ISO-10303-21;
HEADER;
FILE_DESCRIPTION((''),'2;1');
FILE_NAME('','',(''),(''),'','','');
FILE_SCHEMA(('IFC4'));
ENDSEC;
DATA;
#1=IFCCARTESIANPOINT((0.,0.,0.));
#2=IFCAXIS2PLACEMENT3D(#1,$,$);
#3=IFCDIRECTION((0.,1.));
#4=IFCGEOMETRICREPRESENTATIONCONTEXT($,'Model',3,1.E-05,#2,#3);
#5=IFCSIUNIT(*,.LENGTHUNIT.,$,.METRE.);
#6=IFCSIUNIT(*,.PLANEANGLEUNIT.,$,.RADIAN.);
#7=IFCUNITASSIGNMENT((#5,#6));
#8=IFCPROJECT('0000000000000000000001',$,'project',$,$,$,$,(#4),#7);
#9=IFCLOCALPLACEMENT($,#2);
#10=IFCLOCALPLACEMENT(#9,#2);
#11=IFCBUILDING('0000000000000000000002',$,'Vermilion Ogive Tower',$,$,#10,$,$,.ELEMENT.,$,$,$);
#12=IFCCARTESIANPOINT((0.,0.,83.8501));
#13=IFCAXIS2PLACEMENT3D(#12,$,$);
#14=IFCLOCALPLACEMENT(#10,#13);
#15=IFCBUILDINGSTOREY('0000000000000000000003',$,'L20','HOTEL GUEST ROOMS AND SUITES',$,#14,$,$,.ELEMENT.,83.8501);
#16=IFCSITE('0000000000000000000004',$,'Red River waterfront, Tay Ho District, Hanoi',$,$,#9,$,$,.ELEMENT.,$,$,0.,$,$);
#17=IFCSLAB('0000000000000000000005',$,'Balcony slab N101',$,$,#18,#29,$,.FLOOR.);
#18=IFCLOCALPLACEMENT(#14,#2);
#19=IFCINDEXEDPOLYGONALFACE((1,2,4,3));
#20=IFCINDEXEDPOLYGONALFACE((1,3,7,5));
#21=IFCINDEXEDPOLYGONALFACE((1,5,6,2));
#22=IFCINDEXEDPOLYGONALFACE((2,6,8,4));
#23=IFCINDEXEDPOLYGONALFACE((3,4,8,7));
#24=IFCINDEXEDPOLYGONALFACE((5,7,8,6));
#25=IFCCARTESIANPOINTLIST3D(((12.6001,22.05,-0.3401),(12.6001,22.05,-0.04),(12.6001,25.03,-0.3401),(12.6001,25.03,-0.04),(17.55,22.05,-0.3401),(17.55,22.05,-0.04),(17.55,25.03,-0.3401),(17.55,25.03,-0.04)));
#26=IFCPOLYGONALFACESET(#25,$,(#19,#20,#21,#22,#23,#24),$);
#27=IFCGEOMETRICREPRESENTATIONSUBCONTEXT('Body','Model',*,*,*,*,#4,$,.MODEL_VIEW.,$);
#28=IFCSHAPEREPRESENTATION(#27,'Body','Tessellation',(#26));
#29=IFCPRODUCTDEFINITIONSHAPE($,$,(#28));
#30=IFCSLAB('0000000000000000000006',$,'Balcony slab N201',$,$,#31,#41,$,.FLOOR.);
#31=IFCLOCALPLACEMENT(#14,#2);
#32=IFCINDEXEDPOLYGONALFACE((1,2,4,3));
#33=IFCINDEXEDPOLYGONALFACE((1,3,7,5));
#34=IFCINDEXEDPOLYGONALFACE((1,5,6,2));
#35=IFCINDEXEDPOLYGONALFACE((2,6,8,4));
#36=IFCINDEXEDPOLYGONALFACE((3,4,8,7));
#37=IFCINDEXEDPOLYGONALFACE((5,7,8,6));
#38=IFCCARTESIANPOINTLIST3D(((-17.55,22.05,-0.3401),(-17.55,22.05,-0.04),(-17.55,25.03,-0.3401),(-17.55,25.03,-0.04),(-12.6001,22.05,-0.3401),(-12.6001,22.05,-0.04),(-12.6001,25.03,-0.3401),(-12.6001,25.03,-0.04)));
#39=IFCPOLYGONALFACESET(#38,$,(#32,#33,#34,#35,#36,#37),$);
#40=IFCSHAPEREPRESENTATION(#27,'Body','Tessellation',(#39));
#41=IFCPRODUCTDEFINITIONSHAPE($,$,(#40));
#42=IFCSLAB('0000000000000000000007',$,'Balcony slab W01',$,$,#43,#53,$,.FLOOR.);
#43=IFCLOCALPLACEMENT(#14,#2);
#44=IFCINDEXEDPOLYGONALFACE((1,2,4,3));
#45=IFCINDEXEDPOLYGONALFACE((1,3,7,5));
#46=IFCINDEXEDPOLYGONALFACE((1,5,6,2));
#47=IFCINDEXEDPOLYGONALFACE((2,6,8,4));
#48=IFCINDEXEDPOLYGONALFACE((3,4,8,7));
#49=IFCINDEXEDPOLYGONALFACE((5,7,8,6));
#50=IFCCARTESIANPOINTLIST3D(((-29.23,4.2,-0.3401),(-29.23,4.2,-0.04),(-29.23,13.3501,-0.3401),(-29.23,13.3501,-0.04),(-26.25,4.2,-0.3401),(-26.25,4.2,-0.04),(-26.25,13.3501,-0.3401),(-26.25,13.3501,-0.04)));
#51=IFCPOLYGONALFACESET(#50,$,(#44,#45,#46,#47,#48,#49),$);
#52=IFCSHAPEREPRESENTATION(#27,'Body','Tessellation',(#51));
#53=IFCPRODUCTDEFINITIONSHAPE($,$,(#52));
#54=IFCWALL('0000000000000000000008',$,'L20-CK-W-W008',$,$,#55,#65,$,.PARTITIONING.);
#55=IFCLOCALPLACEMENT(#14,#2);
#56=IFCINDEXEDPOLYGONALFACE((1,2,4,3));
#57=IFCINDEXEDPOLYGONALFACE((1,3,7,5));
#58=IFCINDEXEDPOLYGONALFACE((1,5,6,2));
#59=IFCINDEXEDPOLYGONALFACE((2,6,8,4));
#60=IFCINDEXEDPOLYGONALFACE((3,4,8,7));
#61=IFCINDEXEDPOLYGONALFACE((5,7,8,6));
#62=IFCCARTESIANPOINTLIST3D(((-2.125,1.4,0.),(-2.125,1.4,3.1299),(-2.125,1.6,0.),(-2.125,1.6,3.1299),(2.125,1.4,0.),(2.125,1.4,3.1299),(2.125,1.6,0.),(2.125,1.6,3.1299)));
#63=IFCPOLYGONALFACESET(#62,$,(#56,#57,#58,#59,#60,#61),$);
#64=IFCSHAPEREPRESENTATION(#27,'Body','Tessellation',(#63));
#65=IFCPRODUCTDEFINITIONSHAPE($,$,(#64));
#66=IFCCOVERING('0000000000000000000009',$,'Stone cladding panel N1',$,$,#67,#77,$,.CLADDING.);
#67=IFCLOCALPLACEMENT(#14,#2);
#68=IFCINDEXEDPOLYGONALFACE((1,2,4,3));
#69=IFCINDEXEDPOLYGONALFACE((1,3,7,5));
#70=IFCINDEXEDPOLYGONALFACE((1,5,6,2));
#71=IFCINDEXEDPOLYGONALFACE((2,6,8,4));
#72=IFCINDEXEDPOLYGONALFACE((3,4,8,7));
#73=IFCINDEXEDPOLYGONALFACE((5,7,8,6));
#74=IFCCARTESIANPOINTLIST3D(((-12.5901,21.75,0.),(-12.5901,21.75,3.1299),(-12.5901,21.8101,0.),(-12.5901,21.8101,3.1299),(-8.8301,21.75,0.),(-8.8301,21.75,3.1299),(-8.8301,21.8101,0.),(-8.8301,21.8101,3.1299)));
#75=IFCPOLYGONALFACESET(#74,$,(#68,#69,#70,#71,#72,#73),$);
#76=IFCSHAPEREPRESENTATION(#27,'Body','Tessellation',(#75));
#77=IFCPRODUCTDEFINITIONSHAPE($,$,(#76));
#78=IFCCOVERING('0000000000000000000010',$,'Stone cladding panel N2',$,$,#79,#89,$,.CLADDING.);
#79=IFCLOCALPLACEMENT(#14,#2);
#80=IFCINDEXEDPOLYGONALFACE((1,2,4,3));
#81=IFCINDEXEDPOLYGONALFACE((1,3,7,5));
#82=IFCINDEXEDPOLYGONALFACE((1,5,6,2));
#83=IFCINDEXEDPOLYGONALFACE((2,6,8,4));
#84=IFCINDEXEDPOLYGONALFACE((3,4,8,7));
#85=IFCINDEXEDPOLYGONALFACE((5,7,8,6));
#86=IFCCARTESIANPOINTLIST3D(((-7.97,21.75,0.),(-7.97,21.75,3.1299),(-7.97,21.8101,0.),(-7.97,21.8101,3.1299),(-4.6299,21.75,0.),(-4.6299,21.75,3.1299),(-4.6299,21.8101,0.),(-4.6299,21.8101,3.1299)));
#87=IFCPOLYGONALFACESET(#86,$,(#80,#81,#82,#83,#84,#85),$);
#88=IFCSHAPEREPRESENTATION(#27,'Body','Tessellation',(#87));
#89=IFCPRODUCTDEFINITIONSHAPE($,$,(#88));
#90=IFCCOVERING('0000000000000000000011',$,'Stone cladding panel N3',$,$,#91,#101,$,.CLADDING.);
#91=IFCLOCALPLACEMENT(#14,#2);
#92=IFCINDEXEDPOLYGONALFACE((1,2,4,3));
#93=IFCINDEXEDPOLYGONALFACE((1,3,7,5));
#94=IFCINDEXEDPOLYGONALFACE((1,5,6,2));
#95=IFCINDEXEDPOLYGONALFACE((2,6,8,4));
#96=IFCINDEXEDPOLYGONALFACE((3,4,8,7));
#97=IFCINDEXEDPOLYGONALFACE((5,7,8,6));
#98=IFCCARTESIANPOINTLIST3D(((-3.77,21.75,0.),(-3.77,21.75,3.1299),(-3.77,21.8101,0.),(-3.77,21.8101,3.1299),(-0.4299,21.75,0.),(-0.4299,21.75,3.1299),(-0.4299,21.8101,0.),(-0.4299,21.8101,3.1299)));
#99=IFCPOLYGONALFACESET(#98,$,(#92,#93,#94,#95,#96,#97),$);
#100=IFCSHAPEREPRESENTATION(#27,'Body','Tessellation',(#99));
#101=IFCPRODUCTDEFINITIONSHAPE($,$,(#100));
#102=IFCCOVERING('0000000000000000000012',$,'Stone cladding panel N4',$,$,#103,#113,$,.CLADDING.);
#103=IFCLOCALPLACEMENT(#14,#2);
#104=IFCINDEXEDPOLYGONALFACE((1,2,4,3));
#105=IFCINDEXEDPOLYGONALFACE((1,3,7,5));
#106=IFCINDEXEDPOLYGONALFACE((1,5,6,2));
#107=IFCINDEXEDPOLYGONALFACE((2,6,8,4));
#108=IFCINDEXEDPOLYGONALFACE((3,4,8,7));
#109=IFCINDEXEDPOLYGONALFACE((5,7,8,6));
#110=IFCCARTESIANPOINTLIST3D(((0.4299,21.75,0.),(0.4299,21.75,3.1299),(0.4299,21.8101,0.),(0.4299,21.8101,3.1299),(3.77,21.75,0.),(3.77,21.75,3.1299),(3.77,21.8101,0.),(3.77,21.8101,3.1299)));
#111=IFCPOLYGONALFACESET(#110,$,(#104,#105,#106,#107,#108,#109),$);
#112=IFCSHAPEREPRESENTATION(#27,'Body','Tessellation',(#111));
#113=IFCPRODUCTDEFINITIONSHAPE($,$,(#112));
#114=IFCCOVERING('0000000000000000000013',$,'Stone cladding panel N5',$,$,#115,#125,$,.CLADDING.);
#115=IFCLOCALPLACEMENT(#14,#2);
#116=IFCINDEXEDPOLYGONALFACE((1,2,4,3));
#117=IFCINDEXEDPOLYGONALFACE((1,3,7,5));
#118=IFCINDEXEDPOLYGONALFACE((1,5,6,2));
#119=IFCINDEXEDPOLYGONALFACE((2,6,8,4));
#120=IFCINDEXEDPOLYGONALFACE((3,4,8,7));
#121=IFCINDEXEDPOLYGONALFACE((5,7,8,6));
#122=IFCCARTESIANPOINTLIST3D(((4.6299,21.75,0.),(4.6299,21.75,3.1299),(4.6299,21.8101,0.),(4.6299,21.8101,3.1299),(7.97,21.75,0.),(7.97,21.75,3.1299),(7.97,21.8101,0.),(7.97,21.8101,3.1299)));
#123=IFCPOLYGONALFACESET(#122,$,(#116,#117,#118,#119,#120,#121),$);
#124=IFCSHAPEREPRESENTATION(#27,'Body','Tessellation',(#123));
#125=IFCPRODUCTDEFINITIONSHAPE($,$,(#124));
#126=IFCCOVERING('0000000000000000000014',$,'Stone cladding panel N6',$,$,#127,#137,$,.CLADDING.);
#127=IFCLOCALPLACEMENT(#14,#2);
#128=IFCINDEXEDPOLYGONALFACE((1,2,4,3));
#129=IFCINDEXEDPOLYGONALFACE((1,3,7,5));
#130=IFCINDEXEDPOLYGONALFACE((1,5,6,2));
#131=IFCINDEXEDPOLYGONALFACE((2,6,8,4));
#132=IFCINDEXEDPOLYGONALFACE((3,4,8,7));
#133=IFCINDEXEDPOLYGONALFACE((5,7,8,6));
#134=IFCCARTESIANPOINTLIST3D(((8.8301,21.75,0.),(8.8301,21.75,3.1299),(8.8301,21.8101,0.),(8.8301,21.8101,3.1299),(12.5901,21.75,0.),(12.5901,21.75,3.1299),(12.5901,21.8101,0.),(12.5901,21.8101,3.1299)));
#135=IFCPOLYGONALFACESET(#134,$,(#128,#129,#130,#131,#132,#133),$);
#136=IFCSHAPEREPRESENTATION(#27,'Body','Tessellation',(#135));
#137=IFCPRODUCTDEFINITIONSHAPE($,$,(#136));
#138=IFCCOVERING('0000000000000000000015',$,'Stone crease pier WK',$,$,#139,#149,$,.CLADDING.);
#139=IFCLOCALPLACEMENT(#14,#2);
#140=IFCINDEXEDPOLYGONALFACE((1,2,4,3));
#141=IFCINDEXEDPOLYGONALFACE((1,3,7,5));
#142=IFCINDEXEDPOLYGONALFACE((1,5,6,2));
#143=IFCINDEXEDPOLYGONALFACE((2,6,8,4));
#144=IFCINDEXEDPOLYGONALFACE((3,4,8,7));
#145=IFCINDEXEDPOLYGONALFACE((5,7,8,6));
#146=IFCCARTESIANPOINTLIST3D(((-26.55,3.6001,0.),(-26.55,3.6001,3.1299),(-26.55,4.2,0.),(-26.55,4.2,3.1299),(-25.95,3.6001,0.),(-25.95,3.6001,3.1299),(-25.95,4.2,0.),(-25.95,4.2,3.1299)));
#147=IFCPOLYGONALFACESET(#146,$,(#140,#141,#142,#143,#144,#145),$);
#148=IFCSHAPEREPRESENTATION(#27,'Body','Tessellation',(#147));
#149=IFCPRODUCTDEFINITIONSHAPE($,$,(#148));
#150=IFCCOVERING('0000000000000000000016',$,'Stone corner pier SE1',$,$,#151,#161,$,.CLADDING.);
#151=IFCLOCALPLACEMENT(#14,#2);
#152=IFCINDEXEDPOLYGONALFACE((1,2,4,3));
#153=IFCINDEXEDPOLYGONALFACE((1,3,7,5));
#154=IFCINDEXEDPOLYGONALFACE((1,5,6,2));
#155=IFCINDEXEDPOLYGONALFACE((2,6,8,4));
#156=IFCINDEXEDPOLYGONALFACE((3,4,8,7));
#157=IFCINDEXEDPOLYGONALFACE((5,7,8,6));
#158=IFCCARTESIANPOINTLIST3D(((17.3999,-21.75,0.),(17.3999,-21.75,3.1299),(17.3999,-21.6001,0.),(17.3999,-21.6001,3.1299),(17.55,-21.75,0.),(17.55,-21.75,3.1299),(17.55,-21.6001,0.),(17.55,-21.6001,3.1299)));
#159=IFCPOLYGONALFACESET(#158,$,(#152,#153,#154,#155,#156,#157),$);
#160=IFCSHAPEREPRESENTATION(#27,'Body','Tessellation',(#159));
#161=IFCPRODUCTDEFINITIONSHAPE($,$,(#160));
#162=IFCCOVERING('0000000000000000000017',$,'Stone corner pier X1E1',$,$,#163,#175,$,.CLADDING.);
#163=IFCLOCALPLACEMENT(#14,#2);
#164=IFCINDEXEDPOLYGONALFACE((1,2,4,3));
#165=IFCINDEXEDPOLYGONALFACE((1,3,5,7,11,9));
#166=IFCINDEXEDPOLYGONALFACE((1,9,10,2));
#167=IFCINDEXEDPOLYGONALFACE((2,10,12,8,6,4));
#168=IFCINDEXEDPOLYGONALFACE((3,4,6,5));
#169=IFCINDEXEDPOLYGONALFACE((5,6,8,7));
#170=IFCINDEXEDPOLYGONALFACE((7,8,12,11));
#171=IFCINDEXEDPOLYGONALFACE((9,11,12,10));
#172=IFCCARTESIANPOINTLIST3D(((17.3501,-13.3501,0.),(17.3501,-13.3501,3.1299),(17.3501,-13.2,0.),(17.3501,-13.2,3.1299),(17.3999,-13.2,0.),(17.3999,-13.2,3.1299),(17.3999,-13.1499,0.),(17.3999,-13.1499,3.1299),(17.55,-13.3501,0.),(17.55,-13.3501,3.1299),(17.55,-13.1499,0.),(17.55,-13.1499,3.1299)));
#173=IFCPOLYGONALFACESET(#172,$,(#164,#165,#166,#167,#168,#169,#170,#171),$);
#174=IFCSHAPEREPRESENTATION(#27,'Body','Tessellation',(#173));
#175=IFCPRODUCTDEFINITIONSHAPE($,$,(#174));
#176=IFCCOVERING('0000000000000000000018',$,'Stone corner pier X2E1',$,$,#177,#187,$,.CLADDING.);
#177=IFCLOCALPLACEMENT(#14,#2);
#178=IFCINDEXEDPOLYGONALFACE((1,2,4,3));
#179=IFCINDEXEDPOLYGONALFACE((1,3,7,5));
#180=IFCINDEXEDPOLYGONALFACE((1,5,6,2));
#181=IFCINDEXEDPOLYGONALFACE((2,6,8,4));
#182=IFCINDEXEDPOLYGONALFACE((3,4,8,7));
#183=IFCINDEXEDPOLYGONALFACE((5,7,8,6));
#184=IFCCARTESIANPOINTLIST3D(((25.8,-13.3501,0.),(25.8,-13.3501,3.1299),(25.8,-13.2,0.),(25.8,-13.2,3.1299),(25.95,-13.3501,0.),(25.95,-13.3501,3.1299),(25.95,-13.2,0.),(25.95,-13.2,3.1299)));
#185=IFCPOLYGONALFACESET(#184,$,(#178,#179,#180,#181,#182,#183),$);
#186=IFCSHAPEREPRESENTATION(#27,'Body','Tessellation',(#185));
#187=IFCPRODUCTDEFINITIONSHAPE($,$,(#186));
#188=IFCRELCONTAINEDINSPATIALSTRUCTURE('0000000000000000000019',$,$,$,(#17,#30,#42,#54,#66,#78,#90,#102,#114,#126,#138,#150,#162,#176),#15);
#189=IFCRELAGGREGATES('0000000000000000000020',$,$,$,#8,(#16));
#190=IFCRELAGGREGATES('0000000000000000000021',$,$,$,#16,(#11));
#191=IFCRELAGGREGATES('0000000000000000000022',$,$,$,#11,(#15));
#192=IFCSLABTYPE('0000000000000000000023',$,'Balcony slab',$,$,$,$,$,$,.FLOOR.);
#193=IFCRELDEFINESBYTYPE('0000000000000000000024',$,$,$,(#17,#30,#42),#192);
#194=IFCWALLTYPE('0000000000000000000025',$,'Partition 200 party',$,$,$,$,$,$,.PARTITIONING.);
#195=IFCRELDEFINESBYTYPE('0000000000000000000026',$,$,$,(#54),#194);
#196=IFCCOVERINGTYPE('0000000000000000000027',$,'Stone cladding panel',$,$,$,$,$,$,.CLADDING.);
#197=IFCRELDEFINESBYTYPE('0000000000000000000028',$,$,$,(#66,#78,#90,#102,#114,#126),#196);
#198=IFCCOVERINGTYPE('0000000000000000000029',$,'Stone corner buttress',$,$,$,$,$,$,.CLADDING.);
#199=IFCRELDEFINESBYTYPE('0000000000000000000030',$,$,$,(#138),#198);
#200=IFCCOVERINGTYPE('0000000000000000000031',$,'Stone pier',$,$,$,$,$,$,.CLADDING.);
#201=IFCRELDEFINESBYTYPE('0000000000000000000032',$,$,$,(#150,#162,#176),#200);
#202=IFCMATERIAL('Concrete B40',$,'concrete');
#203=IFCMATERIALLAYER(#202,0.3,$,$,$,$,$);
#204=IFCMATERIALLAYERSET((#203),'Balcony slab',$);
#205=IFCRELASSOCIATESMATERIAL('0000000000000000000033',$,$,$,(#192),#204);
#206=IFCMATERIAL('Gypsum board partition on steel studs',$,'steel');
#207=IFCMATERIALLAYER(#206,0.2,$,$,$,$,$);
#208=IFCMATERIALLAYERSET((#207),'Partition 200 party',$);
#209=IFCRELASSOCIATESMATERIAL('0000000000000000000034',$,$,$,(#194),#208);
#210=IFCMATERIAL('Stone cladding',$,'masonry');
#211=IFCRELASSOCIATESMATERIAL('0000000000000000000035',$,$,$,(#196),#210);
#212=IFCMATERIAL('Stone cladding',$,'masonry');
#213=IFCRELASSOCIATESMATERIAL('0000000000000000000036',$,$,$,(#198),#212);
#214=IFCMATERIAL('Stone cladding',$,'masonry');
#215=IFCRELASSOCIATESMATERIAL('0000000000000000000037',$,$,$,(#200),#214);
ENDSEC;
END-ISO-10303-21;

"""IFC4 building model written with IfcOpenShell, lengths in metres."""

from ifc_helpers import new_model, si_unit, direction, frame, frame_2d, origin, place, context, subcontext, project, spatial, polyline, rectangle, outline, extrude, material, layer, layer_set, type_object, element, save


model = new_model("IFC4")

# Units and contexts
model_context = context("Model", 3, precision=1e-05, world=origin(), true_north=direction((0.0, 1.0)))
body_context = subcontext(model_context, "Body", "Model", "MODEL_VIEW")
ifc_project = project(units=[si_unit("LENGTHUNIT", "METRE"), si_unit("PLANEANGLEUNIT", "RADIAN")], contexts=[model_context])

# Site, building, storey
site_placement = place(None, origin())
site = spatial("IfcSite", under=ifc_project, at=site_placement, Name="Red River waterfront, Tay Ho District, Hanoi", CompositionType="ELEMENT", RefElevation=0.0)
building_placement = place(site_placement, origin())
building = spatial("IfcBuilding", under=site, at=building_placement, Name="Vermilion Ogive Tower", CompositionType="ELEMENT")
storey_placement = place(building_placement, frame((0.0, 0.0, 83.8501)))
storey = spatial("IfcBuildingStorey", under=building, at=storey_placement, Name="L20", Description="HOTEL GUEST ROOMS AND SUITES", CompositionType="ELEMENT", Elevation=83.8501)

# Slabs
ifc_material_1 = material(Name="Concrete B40", Category="concrete")
ifc_layer_1 = layer(ifc_material_1, 0.3)
ifc_layer_set_1 = layer_set([ifc_layer_1], Name="Balcony slab")
slab_type = type_object("IfcSlabType", Name="Balcony slab", PredefinedType="FLOOR", material=ifc_layer_set_1)
slab_1_placement = place(storey_placement, frame((0.0, 0.0, -0.3401)))
element("IfcSlab", 1, at=slab_1_placement, inside=storey, type_object=slab_type, Name="Balcony slab N101", PredefinedType="FLOOR", context=body_context, shape_type="SweptSolid", body=[
    extrude(outline(polyline([(17.55, 25.03), (12.6001, 25.03), (12.6001, 22.05), (17.55, 22.05), (17.55, 25.03)])), origin(), (0.0, 0.0, 1.0), 0.3),
])
slab_2_placement = place(storey_placement, frame((0.0, 0.0, -0.3401)))
element("IfcSlab", 2, at=slab_2_placement, inside=storey, type_object=slab_type, Name="Balcony slab N201", PredefinedType="FLOOR", context=body_context, shape_type="SweptSolid", body=[
    extrude(outline(polyline([(-12.6001, 25.03), (-17.55, 25.03), (-17.55, 22.05), (-12.6001, 22.05), (-12.6001, 25.03)])), origin(), (0.0, 0.0, 1.0), 0.3),
])
slab_3_placement = place(storey_placement, frame((0.0, 0.0, -0.3401)))
element("IfcSlab", 3, at=slab_3_placement, inside=storey, type_object=slab_type, Name="Balcony slab W01", PredefinedType="FLOOR", context=body_context, shape_type="SweptSolid", body=[
    extrude(outline(polyline([(-29.23, 13.3501), (-29.23, 4.2), (-26.25, 4.2), (-26.25, 13.3501), (-29.23, 13.3501)])), origin(), (0.0, 0.0, 1.0), 0.3),
])

# Wall
ifc_material_2 = material(Name="Gypsum board partition on steel studs", Category="steel")
ifc_layer_2 = layer(ifc_material_2, 0.2)
ifc_layer_set_2 = layer_set([ifc_layer_2], Name="Partition 200 party")
wall_type = type_object("IfcWallType", Name="Partition 200 party", PredefinedType="PARTITIONING", material=ifc_layer_set_2)
wall_placement = place(storey_placement, frame((-2.125, 1.5, 0.0), z_axis=(0.0, 0.0, 1.0), x_axis=(1.0, 0.0, 0.0)))
element("IfcWall", 4, at=wall_placement, inside=storey, type_object=wall_type, Name="L20-CK-W-W008", PredefinedType="PARTITIONING", context=body_context, shape_type="SweptSolid", body=[
    extrude(rectangle(XDim=4.25, YDim=0.2, at=frame_2d((2.125, 0.0))), origin(), (0.0, 0.0, 1.0), 3.1299),
])

# Coverings
ifc_material_3 = material(Name="Stone cladding", Category="masonry")
covering_type_1 = type_object("IfcCoveringType", Name="Stone cladding panel", PredefinedType="CLADDING", material=ifc_material_3)
covering_1_placement = place(storey_placement, origin())
element("IfcCovering", 5, at=covering_1_placement, inside=storey, type_object=covering_type_1, Name="Stone cladding panel N1", PredefinedType="CLADDING", context=body_context, shape_type="SweptSolid", body=[
    extrude(outline(polyline([(-12.5901, 21.75), (-8.8301, 21.75), (-8.8301, 21.8101), (-12.5901, 21.8101), (-12.5901, 21.75)])), origin(), (0.0, 0.0, 1.0), 3.1299),
])
covering_2_placement = place(storey_placement, origin())
element("IfcCovering", 6, at=covering_2_placement, inside=storey, type_object=covering_type_1, Name="Stone cladding panel N2", PredefinedType="CLADDING", context=body_context, shape_type="SweptSolid", body=[
    extrude(outline(polyline([(-7.97, 21.75), (-4.6299, 21.75), (-4.6299, 21.8101), (-7.97, 21.8101), (-7.97, 21.75)])), origin(), (0.0, 0.0, 1.0), 3.1299),
])
covering_3_placement = place(storey_placement, origin())
element("IfcCovering", 7, at=covering_3_placement, inside=storey, type_object=covering_type_1, Name="Stone cladding panel N3", PredefinedType="CLADDING", context=body_context, shape_type="SweptSolid", body=[
    extrude(outline(polyline([(-3.77, 21.75), (-0.4299, 21.75), (-0.4299, 21.8101), (-3.77, 21.8101), (-3.77, 21.75)])), origin(), (0.0, 0.0, 1.0), 3.1299),
])
covering_4_placement = place(storey_placement, origin())
element("IfcCovering", 8, at=covering_4_placement, inside=storey, type_object=covering_type_1, Name="Stone cladding panel N4", PredefinedType="CLADDING", context=body_context, shape_type="SweptSolid", body=[
    extrude(outline(polyline([(0.4299, 21.75), (3.77, 21.75), (3.77, 21.8101), (0.4299, 21.8101), (0.4299, 21.75)])), origin(), (0.0, 0.0, 1.0), 3.1299),
])
covering_5_placement = place(storey_placement, origin())
element("IfcCovering", 9, at=covering_5_placement, inside=storey, type_object=covering_type_1, Name="Stone cladding panel N5", PredefinedType="CLADDING", context=body_context, shape_type="SweptSolid", body=[
    extrude(outline(polyline([(4.6299, 21.75), (7.97, 21.75), (7.97, 21.8101), (4.6299, 21.8101), (4.6299, 21.75)])), origin(), (0.0, 0.0, 1.0), 3.1299),
])
covering_6_placement = place(storey_placement, origin())
element("IfcCovering", 10, at=covering_6_placement, inside=storey, type_object=covering_type_1, Name="Stone cladding panel N6", PredefinedType="CLADDING", context=body_context, shape_type="SweptSolid", body=[
    extrude(outline(polyline([(8.8301, 21.75), (12.5901, 21.75), (12.5901, 21.8101), (8.8301, 21.8101), (8.8301, 21.75)])), origin(), (0.0, 0.0, 1.0), 3.1299),
])
ifc_material_4 = material(Name="Stone cladding", Category="masonry")
covering_type_2 = type_object("IfcCoveringType", Name="Stone corner buttress", PredefinedType="CLADDING", material=ifc_material_4)
covering_7_placement = place(storey_placement, origin())
element("IfcCovering", 11, at=covering_7_placement, inside=storey, type_object=covering_type_2, Name="Stone crease pier WK", PredefinedType="CLADDING", context=body_context, shape_type="SweptSolid", body=[
    extrude(outline(polyline([(-26.55, 4.2), (-26.55, 3.6001), (-25.95, 3.6001), (-25.95, 4.2), (-26.55, 4.2)])), origin(), (0.0, 0.0, 1.0), 3.1299),
])
ifc_material_5 = material(Name="Stone cladding", Category="masonry")
covering_type_3 = type_object("IfcCoveringType", Name="Stone pier", PredefinedType="CLADDING", material=ifc_material_5)
covering_8_placement = place(storey_placement, origin())
element("IfcCovering", 12, at=covering_8_placement, inside=storey, type_object=covering_type_3, Name="Stone corner pier SE1", PredefinedType="CLADDING", context=body_context, shape_type="SweptSolid", body=[
    extrude(outline(polyline([(17.3999, -21.75), (17.3999, -21.6001), (17.3999, -21.6001), (17.55, -21.6001), (17.55, -21.75), (17.3999, -21.75)])), origin(), (0.0, 0.0, 1.0), 3.1299),
])
covering_9_placement = place(storey_placement, origin())
element("IfcCovering", 13, at=covering_9_placement, inside=storey, type_object=covering_type_3, Name="Stone corner pier X1E1", PredefinedType="CLADDING", context=body_context, shape_type="SweptSolid", body=[
    extrude(outline(polyline([(17.3501, -13.2), (17.3999, -13.2), (17.3999, -13.1499), (17.55, -13.1499), (17.55, -13.3501), (17.3501, -13.3501), (17.3501, -13.2)])), origin(), (0.0, 0.0, 1.0), 3.1299),
])
covering_10_placement = place(storey_placement, origin())
element("IfcCovering", 14, at=covering_10_placement, inside=storey, type_object=covering_type_3, Name="Stone corner pier X2E1", PredefinedType="CLADDING", context=body_context, shape_type="SweptSolid", body=[
    extrude(outline(polyline([(25.8, -13.3501), (25.8, -13.2), (25.95, -13.2), (25.95, -13.3501), (25.8, -13.3501)])), origin(), (0.0, 0.0, 1.0), 3.1299),
])

save(model, "model.ifc")
